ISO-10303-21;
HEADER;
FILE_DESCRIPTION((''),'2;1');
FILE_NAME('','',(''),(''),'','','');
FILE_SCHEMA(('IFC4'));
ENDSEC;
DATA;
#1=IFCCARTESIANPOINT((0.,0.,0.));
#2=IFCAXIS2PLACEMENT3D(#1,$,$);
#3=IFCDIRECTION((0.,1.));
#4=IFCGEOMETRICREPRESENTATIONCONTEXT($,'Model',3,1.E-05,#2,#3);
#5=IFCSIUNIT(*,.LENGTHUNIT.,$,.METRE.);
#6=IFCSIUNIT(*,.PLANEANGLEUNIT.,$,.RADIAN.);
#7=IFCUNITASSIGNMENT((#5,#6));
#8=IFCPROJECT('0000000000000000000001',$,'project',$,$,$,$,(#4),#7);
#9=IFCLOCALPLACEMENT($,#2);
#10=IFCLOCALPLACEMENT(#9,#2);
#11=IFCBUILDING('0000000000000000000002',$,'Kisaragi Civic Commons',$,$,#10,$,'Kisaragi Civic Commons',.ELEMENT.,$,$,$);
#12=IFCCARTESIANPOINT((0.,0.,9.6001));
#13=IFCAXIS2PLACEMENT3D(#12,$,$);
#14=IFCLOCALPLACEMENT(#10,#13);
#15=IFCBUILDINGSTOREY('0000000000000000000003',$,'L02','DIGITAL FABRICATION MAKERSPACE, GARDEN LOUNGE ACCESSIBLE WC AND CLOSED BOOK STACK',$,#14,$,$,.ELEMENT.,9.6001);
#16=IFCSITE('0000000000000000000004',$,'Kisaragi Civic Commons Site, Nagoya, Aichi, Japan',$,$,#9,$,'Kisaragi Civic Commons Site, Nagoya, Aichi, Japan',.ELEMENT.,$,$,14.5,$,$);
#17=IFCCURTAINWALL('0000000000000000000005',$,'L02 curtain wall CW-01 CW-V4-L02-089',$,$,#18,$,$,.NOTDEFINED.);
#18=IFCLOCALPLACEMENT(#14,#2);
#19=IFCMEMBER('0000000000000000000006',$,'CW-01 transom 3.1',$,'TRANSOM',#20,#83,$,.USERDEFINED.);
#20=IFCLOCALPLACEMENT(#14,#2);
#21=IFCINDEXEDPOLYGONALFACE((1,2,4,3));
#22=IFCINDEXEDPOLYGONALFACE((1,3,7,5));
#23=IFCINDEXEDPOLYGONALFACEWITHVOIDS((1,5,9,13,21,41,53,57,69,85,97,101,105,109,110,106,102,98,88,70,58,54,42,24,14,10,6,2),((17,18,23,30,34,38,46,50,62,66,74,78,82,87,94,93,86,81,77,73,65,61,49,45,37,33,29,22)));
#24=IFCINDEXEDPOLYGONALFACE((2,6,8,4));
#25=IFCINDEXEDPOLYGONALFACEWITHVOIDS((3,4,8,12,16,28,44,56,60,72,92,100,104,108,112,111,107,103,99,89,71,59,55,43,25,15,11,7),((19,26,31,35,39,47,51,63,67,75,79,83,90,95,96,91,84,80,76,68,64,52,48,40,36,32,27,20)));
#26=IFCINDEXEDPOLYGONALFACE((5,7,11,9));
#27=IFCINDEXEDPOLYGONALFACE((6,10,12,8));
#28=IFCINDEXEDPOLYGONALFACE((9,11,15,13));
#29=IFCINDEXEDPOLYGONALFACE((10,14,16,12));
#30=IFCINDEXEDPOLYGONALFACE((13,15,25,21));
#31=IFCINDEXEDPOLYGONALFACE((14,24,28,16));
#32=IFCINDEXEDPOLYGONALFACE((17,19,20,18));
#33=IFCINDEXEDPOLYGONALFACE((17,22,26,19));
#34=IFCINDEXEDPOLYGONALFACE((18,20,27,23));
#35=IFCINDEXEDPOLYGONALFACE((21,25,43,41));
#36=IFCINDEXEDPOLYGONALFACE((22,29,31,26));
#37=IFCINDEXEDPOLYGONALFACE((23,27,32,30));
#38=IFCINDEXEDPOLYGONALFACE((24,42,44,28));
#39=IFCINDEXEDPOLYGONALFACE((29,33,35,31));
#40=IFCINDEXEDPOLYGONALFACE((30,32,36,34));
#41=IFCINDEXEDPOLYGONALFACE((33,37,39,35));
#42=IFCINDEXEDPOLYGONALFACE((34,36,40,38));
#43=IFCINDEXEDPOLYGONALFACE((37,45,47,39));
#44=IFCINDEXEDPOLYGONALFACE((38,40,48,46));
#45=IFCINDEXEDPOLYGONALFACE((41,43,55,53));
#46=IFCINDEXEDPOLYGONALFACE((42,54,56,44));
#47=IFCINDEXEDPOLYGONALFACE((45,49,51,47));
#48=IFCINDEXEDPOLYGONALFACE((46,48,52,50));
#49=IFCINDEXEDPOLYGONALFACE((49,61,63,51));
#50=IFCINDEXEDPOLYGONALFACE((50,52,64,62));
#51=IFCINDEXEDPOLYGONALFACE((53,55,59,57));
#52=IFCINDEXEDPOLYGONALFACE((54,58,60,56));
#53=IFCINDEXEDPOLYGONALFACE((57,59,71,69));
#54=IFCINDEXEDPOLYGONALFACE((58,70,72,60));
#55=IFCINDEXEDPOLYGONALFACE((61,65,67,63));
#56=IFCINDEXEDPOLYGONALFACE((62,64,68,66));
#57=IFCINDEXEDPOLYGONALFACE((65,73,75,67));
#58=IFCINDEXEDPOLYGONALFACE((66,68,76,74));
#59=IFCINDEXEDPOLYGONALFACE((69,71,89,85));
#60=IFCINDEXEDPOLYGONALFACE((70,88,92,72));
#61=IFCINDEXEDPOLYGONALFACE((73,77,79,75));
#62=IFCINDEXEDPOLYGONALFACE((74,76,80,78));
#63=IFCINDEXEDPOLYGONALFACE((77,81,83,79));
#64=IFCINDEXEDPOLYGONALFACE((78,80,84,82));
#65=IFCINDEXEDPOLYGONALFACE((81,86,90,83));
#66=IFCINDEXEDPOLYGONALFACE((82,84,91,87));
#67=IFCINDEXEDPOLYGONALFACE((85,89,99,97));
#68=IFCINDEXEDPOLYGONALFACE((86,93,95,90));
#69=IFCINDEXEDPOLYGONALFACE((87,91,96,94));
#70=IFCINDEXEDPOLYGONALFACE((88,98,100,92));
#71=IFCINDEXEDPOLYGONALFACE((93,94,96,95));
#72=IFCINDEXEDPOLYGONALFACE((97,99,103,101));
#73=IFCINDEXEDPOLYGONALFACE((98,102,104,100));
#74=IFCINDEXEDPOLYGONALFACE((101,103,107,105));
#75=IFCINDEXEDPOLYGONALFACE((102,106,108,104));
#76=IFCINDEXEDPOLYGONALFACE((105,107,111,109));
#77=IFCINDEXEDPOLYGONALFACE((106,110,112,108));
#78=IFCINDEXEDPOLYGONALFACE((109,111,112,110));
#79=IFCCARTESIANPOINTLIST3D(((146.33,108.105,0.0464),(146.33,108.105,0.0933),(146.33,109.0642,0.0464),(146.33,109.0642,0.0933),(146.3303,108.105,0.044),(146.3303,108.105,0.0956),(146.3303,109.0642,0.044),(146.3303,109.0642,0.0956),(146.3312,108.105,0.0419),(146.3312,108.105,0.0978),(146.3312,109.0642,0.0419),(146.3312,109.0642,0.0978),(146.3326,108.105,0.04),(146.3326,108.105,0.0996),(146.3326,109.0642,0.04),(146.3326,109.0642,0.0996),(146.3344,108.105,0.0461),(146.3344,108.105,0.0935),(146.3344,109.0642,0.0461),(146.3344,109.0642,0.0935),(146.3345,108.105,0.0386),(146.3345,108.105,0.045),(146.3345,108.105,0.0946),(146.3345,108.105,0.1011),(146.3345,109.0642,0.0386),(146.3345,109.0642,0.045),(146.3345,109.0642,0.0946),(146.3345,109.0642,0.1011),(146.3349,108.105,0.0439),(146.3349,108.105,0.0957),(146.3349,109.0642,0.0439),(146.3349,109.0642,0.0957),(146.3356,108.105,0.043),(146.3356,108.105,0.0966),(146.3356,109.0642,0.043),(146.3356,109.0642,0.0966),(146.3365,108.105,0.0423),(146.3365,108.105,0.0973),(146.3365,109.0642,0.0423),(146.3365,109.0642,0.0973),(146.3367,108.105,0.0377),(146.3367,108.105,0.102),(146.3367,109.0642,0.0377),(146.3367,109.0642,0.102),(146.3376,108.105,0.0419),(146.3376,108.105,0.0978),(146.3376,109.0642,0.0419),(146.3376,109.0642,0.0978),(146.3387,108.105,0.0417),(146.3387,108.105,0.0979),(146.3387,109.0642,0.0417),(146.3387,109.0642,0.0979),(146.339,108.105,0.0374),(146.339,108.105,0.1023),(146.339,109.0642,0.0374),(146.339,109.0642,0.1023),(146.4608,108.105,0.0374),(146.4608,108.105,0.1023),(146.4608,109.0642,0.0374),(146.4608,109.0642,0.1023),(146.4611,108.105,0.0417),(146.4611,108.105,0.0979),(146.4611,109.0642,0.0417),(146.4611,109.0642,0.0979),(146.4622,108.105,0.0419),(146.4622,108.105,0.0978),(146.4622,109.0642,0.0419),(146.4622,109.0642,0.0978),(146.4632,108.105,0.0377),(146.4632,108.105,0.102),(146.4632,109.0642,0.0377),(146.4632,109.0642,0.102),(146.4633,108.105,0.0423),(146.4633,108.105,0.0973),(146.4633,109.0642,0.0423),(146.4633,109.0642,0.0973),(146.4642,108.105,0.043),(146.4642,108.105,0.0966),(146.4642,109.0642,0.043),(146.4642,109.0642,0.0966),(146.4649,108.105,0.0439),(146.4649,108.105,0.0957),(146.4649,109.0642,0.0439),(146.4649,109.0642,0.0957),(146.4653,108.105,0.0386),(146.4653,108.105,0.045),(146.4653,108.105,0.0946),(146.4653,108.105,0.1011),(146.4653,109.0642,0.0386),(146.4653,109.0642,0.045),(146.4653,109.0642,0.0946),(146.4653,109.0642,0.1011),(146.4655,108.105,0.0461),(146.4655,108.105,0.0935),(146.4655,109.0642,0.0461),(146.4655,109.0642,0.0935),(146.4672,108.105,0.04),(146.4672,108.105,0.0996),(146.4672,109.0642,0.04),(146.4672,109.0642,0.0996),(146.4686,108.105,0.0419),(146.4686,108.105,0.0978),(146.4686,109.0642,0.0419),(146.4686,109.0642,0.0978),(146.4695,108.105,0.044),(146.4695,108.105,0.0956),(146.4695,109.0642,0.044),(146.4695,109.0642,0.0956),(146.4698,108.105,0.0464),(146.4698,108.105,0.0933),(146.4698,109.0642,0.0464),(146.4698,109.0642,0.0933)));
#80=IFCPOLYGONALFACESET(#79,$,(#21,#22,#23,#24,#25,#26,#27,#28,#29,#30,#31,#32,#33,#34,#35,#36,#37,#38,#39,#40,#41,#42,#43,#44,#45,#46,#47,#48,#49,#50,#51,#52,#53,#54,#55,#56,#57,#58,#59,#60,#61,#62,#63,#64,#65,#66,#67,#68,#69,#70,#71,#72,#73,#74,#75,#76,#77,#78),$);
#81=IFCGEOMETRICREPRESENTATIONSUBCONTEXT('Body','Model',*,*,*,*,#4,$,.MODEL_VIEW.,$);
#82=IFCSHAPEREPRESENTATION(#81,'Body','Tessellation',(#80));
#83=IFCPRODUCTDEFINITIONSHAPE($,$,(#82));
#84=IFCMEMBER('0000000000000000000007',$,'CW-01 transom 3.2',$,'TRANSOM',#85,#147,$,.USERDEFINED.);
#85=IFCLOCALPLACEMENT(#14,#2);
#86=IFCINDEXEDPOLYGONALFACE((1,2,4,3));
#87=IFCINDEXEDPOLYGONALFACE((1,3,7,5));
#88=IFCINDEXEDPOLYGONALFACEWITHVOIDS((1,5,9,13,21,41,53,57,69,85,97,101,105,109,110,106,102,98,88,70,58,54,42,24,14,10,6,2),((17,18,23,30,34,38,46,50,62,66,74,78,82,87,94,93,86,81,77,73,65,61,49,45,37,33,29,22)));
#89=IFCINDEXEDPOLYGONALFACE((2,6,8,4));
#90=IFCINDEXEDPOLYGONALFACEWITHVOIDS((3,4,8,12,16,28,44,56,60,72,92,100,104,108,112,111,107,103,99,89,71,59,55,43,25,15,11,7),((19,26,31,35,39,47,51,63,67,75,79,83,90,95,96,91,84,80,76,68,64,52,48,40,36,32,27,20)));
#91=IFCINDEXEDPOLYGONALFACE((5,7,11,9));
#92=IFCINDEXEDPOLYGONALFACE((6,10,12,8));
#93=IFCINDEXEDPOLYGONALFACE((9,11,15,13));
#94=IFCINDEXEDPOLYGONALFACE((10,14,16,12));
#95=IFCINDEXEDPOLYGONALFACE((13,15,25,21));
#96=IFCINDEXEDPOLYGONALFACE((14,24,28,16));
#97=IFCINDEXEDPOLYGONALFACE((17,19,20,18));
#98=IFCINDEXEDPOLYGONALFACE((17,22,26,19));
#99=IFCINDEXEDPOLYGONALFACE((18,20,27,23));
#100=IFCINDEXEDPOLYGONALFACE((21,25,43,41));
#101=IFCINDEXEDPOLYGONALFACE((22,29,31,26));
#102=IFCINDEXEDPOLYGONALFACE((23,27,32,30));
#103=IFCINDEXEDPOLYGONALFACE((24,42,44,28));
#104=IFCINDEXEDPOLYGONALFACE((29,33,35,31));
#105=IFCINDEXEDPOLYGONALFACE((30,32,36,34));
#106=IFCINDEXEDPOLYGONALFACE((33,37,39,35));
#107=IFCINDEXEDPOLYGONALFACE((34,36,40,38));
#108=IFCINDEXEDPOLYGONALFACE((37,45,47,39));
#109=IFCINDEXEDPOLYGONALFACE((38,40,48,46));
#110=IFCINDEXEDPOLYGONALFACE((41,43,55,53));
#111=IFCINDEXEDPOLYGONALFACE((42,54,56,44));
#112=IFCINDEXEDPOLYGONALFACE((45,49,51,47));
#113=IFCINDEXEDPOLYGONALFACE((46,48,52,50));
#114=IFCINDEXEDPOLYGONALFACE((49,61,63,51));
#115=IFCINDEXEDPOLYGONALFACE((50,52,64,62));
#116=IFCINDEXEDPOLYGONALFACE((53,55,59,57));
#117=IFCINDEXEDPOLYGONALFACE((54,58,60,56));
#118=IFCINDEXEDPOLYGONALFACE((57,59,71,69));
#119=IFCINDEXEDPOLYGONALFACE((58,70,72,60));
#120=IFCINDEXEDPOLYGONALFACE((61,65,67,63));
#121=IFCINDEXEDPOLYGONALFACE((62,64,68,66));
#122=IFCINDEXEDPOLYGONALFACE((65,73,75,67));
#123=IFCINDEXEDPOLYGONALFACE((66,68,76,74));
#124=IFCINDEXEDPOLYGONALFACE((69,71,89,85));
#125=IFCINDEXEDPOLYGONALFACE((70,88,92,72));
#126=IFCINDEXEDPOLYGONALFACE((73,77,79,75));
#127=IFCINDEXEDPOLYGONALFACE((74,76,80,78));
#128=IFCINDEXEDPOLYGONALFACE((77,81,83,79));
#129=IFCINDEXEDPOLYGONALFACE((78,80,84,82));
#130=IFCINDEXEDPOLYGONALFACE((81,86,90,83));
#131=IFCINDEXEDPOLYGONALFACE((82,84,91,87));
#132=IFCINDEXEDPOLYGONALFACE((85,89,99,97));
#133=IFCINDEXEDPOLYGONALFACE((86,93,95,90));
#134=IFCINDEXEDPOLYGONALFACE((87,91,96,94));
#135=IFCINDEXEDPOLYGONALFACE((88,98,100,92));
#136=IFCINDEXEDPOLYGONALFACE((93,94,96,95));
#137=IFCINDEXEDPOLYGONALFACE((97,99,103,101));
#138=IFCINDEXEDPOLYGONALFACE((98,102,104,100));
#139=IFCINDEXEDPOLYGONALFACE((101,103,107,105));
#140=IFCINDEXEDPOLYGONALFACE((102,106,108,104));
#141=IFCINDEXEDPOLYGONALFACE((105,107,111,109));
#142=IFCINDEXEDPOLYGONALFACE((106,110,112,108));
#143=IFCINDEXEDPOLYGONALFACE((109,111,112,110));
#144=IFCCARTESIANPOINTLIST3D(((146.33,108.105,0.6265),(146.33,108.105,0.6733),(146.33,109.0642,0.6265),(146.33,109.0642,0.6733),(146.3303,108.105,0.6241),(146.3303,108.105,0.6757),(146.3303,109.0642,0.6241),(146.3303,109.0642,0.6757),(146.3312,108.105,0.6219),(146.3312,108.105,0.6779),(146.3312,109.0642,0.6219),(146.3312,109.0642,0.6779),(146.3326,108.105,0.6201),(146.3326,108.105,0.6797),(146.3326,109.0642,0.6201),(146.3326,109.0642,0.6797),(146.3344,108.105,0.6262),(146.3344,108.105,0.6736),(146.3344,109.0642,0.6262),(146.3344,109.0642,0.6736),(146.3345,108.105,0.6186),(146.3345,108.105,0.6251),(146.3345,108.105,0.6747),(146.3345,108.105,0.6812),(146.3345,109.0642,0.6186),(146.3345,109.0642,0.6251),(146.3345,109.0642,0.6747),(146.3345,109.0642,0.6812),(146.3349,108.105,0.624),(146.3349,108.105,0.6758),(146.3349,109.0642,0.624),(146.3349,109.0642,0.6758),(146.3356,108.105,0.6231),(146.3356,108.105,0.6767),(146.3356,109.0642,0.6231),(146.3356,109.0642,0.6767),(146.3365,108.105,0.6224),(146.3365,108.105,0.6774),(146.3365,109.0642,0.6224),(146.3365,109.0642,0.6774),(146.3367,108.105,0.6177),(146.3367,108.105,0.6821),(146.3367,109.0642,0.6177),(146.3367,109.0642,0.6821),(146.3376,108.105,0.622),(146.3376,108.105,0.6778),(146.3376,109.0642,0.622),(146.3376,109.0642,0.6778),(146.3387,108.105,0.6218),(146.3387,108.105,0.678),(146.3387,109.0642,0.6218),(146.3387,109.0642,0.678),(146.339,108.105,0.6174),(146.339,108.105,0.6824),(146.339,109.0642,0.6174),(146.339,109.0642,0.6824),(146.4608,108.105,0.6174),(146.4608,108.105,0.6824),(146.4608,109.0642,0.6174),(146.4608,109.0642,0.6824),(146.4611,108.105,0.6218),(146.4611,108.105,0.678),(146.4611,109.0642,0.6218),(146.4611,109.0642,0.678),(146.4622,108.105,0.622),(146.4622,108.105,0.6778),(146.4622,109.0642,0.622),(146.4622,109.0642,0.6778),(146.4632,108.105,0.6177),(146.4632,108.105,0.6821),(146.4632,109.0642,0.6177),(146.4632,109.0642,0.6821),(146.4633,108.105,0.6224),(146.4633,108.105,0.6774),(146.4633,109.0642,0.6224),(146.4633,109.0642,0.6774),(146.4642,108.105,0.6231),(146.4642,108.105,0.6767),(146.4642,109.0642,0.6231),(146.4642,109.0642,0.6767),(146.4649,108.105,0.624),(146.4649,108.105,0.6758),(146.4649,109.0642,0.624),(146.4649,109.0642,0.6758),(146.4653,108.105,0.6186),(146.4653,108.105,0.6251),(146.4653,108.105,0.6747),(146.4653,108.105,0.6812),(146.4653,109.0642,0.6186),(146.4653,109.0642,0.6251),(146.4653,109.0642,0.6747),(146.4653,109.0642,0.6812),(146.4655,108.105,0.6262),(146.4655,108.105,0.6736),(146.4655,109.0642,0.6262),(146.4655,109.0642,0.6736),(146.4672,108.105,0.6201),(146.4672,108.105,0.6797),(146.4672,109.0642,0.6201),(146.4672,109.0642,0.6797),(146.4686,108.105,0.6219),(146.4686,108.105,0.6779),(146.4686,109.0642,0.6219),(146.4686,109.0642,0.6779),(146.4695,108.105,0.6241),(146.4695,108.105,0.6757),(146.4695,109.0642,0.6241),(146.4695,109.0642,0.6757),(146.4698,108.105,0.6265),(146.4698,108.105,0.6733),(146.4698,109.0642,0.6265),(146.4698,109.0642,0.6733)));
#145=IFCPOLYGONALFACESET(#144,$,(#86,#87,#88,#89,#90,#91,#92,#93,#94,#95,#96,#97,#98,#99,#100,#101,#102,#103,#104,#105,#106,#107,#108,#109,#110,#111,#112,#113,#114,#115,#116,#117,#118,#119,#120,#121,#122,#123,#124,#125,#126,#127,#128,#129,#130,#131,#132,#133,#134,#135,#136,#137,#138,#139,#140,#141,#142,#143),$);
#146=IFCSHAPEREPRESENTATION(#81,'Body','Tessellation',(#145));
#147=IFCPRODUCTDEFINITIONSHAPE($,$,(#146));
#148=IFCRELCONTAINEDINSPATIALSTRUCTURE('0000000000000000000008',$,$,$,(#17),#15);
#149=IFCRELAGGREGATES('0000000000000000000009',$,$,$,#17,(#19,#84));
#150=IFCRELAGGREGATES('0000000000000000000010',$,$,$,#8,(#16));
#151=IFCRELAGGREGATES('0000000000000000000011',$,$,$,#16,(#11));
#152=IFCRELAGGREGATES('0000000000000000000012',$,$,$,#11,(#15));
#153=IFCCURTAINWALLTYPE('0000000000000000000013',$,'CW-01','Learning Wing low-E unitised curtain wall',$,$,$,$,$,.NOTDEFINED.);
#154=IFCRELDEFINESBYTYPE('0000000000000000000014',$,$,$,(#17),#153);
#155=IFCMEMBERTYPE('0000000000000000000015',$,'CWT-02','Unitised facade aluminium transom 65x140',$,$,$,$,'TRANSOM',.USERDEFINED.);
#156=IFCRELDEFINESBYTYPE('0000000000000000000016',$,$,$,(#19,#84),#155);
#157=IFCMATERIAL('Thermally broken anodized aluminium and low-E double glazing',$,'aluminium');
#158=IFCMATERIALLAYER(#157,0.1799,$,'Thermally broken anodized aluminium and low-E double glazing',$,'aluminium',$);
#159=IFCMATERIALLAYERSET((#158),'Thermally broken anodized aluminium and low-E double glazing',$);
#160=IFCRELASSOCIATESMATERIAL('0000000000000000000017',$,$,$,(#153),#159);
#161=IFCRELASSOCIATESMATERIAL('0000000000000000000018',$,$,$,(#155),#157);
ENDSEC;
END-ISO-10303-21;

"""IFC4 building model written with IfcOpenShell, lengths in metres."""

from ifc_helpers import new_model, si_unit, direction, frame, origin, origin_2d, place, context, subcontext, project, spatial, hollow_rectangle, extrude, material, layer, layer_set, material_profile, profile_set, type_object, element, aggregate, save


model = new_model("IFC4")

# Units and contexts
model_context = context("Model", 3, precision=1e-05, world=origin(), true_north=direction((0.0, 1.0)))
body_context = subcontext(model_context, "Body", "Model", "MODEL_VIEW")
ifc_project = project(units=[si_unit("LENGTHUNIT", "METRE"), si_unit("PLANEANGLEUNIT", "RADIAN")], contexts=[model_context])

# Site, building, storey
site_placement = place(None, origin())
site = spatial("IfcSite", under=ifc_project, at=site_placement, Name="Kisaragi Civic Commons Site, Nagoya, Aichi, Japan", LongName="Kisaragi Civic Commons Site, Nagoya, Aichi, Japan", CompositionType="ELEMENT", RefElevation=14.5)
building_placement = place(site_placement, origin())
building = spatial("IfcBuilding", under=site, at=building_placement, Name="Kisaragi Civic Commons", LongName="Kisaragi Civic Commons", CompositionType="ELEMENT")
storey_placement = place(building_placement, frame((0.0, 0.0, 9.6001)))
storey = spatial("IfcBuildingStorey", under=building, at=storey_placement, Name="L02", Description="DIGITAL FABRICATION MAKERSPACE, GARDEN LOUNGE ACCESSIBLE WC AND CLOSED BOOK STACK", CompositionType="ELEMENT", Elevation=9.6001)

# Shared definitions
ifc_material_1 = material(Name="Thermally broken anodized aluminium and low-E double glazing", Category="aluminium")
ifc_layer_1 = layer(ifc_material_1, 0.1799, Name="Thermally broken anodized aluminium and low-E double glazing", Category="aluminium")
ifc_layer_set_1 = layer_set([ifc_layer_1], Name="Thermally broken anodized aluminium and low-E double glazing")
curtain_wall_type = type_object("IfcCurtainWallType", Name="CW-01", Description="Learning Wing low-E unitised curtain wall", PredefinedType="NOTDEFINED", material=ifc_layer_set_1)

# Curtain wall, members
curtain_wall_1_placement = place(storey_placement, origin())
curtain_wall_1 = element("IfcCurtainWall", 1, at=curtain_wall_1_placement, inside=storey, type_object=curtain_wall_type, Name="L02 curtain wall CW-01 CW-V4-L02-089", PredefinedType="NOTDEFINED")
ifc_material_profile_1 = material_profile(ifc_material_1, hollow_rectangle(XDim=0.1399, YDim=0.0649, WallThickness=0.0044, InnerFilletRadius=0.0044, OuterFilletRadius=0.009, at=origin_2d()), Name="CWT-65x140x4.5", Category="aluminium")
ifc_profile_set_1 = profile_set([ifc_material_profile_1], Name="Thermally broken anodized aluminium and low-E double glazing")
member_type_1 = type_object("IfcMemberType", Name="CWT-02", Description="Unitised facade aluminium transom 65x140", ElementType="TRANSOM", PredefinedType="USERDEFINED", material=ifc_profile_set_1)
member_1_placement = place(storey_placement, frame((146.3999, 109.0642, 0.0698), z_axis=(0.0, -1.0, 0.0), x_axis=(1.0, 0.0, 0.0)))
member_1 = element("IfcMember", 2, at=member_1_placement, type_object=member_type_1, Name="CW-01 transom 3.1", ObjectType="TRANSOM", PredefinedType="USERDEFINED", context=body_context, shape_type="SweptSolid", body=[
    extrude(hollow_rectangle(XDim=0.1399, YDim=0.0649, WallThickness=0.0044, InnerFilletRadius=0.0044, OuterFilletRadius=0.009, at=origin_2d()), origin(), (0.0, 0.0, 1.0), 0.9592),
])
member_2_placement = place(storey_placement, frame((146.3999, 109.0642, 0.6499), z_axis=(0.0, -1.0, 0.0), x_axis=(1.0, 0.0, 0.0)))
member_2 = element("IfcMember", 3, at=member_2_placement, type_object=member_type_1, Name="CW-01 transom 3.2", ObjectType="TRANSOM", PredefinedType="USERDEFINED", context=body_context, shape_type="SweptSolid", body=[
    extrude(hollow_rectangle(XDim=0.1399, YDim=0.0649, WallThickness=0.0044, InnerFilletRadius=0.0044, OuterFilletRadius=0.009, at=origin_2d()), origin(), (0.0, 0.0, 1.0), 0.9592),
])

aggregate(curtain_wall_1, [member_1, member_2])

save(model, "model.ifc")
